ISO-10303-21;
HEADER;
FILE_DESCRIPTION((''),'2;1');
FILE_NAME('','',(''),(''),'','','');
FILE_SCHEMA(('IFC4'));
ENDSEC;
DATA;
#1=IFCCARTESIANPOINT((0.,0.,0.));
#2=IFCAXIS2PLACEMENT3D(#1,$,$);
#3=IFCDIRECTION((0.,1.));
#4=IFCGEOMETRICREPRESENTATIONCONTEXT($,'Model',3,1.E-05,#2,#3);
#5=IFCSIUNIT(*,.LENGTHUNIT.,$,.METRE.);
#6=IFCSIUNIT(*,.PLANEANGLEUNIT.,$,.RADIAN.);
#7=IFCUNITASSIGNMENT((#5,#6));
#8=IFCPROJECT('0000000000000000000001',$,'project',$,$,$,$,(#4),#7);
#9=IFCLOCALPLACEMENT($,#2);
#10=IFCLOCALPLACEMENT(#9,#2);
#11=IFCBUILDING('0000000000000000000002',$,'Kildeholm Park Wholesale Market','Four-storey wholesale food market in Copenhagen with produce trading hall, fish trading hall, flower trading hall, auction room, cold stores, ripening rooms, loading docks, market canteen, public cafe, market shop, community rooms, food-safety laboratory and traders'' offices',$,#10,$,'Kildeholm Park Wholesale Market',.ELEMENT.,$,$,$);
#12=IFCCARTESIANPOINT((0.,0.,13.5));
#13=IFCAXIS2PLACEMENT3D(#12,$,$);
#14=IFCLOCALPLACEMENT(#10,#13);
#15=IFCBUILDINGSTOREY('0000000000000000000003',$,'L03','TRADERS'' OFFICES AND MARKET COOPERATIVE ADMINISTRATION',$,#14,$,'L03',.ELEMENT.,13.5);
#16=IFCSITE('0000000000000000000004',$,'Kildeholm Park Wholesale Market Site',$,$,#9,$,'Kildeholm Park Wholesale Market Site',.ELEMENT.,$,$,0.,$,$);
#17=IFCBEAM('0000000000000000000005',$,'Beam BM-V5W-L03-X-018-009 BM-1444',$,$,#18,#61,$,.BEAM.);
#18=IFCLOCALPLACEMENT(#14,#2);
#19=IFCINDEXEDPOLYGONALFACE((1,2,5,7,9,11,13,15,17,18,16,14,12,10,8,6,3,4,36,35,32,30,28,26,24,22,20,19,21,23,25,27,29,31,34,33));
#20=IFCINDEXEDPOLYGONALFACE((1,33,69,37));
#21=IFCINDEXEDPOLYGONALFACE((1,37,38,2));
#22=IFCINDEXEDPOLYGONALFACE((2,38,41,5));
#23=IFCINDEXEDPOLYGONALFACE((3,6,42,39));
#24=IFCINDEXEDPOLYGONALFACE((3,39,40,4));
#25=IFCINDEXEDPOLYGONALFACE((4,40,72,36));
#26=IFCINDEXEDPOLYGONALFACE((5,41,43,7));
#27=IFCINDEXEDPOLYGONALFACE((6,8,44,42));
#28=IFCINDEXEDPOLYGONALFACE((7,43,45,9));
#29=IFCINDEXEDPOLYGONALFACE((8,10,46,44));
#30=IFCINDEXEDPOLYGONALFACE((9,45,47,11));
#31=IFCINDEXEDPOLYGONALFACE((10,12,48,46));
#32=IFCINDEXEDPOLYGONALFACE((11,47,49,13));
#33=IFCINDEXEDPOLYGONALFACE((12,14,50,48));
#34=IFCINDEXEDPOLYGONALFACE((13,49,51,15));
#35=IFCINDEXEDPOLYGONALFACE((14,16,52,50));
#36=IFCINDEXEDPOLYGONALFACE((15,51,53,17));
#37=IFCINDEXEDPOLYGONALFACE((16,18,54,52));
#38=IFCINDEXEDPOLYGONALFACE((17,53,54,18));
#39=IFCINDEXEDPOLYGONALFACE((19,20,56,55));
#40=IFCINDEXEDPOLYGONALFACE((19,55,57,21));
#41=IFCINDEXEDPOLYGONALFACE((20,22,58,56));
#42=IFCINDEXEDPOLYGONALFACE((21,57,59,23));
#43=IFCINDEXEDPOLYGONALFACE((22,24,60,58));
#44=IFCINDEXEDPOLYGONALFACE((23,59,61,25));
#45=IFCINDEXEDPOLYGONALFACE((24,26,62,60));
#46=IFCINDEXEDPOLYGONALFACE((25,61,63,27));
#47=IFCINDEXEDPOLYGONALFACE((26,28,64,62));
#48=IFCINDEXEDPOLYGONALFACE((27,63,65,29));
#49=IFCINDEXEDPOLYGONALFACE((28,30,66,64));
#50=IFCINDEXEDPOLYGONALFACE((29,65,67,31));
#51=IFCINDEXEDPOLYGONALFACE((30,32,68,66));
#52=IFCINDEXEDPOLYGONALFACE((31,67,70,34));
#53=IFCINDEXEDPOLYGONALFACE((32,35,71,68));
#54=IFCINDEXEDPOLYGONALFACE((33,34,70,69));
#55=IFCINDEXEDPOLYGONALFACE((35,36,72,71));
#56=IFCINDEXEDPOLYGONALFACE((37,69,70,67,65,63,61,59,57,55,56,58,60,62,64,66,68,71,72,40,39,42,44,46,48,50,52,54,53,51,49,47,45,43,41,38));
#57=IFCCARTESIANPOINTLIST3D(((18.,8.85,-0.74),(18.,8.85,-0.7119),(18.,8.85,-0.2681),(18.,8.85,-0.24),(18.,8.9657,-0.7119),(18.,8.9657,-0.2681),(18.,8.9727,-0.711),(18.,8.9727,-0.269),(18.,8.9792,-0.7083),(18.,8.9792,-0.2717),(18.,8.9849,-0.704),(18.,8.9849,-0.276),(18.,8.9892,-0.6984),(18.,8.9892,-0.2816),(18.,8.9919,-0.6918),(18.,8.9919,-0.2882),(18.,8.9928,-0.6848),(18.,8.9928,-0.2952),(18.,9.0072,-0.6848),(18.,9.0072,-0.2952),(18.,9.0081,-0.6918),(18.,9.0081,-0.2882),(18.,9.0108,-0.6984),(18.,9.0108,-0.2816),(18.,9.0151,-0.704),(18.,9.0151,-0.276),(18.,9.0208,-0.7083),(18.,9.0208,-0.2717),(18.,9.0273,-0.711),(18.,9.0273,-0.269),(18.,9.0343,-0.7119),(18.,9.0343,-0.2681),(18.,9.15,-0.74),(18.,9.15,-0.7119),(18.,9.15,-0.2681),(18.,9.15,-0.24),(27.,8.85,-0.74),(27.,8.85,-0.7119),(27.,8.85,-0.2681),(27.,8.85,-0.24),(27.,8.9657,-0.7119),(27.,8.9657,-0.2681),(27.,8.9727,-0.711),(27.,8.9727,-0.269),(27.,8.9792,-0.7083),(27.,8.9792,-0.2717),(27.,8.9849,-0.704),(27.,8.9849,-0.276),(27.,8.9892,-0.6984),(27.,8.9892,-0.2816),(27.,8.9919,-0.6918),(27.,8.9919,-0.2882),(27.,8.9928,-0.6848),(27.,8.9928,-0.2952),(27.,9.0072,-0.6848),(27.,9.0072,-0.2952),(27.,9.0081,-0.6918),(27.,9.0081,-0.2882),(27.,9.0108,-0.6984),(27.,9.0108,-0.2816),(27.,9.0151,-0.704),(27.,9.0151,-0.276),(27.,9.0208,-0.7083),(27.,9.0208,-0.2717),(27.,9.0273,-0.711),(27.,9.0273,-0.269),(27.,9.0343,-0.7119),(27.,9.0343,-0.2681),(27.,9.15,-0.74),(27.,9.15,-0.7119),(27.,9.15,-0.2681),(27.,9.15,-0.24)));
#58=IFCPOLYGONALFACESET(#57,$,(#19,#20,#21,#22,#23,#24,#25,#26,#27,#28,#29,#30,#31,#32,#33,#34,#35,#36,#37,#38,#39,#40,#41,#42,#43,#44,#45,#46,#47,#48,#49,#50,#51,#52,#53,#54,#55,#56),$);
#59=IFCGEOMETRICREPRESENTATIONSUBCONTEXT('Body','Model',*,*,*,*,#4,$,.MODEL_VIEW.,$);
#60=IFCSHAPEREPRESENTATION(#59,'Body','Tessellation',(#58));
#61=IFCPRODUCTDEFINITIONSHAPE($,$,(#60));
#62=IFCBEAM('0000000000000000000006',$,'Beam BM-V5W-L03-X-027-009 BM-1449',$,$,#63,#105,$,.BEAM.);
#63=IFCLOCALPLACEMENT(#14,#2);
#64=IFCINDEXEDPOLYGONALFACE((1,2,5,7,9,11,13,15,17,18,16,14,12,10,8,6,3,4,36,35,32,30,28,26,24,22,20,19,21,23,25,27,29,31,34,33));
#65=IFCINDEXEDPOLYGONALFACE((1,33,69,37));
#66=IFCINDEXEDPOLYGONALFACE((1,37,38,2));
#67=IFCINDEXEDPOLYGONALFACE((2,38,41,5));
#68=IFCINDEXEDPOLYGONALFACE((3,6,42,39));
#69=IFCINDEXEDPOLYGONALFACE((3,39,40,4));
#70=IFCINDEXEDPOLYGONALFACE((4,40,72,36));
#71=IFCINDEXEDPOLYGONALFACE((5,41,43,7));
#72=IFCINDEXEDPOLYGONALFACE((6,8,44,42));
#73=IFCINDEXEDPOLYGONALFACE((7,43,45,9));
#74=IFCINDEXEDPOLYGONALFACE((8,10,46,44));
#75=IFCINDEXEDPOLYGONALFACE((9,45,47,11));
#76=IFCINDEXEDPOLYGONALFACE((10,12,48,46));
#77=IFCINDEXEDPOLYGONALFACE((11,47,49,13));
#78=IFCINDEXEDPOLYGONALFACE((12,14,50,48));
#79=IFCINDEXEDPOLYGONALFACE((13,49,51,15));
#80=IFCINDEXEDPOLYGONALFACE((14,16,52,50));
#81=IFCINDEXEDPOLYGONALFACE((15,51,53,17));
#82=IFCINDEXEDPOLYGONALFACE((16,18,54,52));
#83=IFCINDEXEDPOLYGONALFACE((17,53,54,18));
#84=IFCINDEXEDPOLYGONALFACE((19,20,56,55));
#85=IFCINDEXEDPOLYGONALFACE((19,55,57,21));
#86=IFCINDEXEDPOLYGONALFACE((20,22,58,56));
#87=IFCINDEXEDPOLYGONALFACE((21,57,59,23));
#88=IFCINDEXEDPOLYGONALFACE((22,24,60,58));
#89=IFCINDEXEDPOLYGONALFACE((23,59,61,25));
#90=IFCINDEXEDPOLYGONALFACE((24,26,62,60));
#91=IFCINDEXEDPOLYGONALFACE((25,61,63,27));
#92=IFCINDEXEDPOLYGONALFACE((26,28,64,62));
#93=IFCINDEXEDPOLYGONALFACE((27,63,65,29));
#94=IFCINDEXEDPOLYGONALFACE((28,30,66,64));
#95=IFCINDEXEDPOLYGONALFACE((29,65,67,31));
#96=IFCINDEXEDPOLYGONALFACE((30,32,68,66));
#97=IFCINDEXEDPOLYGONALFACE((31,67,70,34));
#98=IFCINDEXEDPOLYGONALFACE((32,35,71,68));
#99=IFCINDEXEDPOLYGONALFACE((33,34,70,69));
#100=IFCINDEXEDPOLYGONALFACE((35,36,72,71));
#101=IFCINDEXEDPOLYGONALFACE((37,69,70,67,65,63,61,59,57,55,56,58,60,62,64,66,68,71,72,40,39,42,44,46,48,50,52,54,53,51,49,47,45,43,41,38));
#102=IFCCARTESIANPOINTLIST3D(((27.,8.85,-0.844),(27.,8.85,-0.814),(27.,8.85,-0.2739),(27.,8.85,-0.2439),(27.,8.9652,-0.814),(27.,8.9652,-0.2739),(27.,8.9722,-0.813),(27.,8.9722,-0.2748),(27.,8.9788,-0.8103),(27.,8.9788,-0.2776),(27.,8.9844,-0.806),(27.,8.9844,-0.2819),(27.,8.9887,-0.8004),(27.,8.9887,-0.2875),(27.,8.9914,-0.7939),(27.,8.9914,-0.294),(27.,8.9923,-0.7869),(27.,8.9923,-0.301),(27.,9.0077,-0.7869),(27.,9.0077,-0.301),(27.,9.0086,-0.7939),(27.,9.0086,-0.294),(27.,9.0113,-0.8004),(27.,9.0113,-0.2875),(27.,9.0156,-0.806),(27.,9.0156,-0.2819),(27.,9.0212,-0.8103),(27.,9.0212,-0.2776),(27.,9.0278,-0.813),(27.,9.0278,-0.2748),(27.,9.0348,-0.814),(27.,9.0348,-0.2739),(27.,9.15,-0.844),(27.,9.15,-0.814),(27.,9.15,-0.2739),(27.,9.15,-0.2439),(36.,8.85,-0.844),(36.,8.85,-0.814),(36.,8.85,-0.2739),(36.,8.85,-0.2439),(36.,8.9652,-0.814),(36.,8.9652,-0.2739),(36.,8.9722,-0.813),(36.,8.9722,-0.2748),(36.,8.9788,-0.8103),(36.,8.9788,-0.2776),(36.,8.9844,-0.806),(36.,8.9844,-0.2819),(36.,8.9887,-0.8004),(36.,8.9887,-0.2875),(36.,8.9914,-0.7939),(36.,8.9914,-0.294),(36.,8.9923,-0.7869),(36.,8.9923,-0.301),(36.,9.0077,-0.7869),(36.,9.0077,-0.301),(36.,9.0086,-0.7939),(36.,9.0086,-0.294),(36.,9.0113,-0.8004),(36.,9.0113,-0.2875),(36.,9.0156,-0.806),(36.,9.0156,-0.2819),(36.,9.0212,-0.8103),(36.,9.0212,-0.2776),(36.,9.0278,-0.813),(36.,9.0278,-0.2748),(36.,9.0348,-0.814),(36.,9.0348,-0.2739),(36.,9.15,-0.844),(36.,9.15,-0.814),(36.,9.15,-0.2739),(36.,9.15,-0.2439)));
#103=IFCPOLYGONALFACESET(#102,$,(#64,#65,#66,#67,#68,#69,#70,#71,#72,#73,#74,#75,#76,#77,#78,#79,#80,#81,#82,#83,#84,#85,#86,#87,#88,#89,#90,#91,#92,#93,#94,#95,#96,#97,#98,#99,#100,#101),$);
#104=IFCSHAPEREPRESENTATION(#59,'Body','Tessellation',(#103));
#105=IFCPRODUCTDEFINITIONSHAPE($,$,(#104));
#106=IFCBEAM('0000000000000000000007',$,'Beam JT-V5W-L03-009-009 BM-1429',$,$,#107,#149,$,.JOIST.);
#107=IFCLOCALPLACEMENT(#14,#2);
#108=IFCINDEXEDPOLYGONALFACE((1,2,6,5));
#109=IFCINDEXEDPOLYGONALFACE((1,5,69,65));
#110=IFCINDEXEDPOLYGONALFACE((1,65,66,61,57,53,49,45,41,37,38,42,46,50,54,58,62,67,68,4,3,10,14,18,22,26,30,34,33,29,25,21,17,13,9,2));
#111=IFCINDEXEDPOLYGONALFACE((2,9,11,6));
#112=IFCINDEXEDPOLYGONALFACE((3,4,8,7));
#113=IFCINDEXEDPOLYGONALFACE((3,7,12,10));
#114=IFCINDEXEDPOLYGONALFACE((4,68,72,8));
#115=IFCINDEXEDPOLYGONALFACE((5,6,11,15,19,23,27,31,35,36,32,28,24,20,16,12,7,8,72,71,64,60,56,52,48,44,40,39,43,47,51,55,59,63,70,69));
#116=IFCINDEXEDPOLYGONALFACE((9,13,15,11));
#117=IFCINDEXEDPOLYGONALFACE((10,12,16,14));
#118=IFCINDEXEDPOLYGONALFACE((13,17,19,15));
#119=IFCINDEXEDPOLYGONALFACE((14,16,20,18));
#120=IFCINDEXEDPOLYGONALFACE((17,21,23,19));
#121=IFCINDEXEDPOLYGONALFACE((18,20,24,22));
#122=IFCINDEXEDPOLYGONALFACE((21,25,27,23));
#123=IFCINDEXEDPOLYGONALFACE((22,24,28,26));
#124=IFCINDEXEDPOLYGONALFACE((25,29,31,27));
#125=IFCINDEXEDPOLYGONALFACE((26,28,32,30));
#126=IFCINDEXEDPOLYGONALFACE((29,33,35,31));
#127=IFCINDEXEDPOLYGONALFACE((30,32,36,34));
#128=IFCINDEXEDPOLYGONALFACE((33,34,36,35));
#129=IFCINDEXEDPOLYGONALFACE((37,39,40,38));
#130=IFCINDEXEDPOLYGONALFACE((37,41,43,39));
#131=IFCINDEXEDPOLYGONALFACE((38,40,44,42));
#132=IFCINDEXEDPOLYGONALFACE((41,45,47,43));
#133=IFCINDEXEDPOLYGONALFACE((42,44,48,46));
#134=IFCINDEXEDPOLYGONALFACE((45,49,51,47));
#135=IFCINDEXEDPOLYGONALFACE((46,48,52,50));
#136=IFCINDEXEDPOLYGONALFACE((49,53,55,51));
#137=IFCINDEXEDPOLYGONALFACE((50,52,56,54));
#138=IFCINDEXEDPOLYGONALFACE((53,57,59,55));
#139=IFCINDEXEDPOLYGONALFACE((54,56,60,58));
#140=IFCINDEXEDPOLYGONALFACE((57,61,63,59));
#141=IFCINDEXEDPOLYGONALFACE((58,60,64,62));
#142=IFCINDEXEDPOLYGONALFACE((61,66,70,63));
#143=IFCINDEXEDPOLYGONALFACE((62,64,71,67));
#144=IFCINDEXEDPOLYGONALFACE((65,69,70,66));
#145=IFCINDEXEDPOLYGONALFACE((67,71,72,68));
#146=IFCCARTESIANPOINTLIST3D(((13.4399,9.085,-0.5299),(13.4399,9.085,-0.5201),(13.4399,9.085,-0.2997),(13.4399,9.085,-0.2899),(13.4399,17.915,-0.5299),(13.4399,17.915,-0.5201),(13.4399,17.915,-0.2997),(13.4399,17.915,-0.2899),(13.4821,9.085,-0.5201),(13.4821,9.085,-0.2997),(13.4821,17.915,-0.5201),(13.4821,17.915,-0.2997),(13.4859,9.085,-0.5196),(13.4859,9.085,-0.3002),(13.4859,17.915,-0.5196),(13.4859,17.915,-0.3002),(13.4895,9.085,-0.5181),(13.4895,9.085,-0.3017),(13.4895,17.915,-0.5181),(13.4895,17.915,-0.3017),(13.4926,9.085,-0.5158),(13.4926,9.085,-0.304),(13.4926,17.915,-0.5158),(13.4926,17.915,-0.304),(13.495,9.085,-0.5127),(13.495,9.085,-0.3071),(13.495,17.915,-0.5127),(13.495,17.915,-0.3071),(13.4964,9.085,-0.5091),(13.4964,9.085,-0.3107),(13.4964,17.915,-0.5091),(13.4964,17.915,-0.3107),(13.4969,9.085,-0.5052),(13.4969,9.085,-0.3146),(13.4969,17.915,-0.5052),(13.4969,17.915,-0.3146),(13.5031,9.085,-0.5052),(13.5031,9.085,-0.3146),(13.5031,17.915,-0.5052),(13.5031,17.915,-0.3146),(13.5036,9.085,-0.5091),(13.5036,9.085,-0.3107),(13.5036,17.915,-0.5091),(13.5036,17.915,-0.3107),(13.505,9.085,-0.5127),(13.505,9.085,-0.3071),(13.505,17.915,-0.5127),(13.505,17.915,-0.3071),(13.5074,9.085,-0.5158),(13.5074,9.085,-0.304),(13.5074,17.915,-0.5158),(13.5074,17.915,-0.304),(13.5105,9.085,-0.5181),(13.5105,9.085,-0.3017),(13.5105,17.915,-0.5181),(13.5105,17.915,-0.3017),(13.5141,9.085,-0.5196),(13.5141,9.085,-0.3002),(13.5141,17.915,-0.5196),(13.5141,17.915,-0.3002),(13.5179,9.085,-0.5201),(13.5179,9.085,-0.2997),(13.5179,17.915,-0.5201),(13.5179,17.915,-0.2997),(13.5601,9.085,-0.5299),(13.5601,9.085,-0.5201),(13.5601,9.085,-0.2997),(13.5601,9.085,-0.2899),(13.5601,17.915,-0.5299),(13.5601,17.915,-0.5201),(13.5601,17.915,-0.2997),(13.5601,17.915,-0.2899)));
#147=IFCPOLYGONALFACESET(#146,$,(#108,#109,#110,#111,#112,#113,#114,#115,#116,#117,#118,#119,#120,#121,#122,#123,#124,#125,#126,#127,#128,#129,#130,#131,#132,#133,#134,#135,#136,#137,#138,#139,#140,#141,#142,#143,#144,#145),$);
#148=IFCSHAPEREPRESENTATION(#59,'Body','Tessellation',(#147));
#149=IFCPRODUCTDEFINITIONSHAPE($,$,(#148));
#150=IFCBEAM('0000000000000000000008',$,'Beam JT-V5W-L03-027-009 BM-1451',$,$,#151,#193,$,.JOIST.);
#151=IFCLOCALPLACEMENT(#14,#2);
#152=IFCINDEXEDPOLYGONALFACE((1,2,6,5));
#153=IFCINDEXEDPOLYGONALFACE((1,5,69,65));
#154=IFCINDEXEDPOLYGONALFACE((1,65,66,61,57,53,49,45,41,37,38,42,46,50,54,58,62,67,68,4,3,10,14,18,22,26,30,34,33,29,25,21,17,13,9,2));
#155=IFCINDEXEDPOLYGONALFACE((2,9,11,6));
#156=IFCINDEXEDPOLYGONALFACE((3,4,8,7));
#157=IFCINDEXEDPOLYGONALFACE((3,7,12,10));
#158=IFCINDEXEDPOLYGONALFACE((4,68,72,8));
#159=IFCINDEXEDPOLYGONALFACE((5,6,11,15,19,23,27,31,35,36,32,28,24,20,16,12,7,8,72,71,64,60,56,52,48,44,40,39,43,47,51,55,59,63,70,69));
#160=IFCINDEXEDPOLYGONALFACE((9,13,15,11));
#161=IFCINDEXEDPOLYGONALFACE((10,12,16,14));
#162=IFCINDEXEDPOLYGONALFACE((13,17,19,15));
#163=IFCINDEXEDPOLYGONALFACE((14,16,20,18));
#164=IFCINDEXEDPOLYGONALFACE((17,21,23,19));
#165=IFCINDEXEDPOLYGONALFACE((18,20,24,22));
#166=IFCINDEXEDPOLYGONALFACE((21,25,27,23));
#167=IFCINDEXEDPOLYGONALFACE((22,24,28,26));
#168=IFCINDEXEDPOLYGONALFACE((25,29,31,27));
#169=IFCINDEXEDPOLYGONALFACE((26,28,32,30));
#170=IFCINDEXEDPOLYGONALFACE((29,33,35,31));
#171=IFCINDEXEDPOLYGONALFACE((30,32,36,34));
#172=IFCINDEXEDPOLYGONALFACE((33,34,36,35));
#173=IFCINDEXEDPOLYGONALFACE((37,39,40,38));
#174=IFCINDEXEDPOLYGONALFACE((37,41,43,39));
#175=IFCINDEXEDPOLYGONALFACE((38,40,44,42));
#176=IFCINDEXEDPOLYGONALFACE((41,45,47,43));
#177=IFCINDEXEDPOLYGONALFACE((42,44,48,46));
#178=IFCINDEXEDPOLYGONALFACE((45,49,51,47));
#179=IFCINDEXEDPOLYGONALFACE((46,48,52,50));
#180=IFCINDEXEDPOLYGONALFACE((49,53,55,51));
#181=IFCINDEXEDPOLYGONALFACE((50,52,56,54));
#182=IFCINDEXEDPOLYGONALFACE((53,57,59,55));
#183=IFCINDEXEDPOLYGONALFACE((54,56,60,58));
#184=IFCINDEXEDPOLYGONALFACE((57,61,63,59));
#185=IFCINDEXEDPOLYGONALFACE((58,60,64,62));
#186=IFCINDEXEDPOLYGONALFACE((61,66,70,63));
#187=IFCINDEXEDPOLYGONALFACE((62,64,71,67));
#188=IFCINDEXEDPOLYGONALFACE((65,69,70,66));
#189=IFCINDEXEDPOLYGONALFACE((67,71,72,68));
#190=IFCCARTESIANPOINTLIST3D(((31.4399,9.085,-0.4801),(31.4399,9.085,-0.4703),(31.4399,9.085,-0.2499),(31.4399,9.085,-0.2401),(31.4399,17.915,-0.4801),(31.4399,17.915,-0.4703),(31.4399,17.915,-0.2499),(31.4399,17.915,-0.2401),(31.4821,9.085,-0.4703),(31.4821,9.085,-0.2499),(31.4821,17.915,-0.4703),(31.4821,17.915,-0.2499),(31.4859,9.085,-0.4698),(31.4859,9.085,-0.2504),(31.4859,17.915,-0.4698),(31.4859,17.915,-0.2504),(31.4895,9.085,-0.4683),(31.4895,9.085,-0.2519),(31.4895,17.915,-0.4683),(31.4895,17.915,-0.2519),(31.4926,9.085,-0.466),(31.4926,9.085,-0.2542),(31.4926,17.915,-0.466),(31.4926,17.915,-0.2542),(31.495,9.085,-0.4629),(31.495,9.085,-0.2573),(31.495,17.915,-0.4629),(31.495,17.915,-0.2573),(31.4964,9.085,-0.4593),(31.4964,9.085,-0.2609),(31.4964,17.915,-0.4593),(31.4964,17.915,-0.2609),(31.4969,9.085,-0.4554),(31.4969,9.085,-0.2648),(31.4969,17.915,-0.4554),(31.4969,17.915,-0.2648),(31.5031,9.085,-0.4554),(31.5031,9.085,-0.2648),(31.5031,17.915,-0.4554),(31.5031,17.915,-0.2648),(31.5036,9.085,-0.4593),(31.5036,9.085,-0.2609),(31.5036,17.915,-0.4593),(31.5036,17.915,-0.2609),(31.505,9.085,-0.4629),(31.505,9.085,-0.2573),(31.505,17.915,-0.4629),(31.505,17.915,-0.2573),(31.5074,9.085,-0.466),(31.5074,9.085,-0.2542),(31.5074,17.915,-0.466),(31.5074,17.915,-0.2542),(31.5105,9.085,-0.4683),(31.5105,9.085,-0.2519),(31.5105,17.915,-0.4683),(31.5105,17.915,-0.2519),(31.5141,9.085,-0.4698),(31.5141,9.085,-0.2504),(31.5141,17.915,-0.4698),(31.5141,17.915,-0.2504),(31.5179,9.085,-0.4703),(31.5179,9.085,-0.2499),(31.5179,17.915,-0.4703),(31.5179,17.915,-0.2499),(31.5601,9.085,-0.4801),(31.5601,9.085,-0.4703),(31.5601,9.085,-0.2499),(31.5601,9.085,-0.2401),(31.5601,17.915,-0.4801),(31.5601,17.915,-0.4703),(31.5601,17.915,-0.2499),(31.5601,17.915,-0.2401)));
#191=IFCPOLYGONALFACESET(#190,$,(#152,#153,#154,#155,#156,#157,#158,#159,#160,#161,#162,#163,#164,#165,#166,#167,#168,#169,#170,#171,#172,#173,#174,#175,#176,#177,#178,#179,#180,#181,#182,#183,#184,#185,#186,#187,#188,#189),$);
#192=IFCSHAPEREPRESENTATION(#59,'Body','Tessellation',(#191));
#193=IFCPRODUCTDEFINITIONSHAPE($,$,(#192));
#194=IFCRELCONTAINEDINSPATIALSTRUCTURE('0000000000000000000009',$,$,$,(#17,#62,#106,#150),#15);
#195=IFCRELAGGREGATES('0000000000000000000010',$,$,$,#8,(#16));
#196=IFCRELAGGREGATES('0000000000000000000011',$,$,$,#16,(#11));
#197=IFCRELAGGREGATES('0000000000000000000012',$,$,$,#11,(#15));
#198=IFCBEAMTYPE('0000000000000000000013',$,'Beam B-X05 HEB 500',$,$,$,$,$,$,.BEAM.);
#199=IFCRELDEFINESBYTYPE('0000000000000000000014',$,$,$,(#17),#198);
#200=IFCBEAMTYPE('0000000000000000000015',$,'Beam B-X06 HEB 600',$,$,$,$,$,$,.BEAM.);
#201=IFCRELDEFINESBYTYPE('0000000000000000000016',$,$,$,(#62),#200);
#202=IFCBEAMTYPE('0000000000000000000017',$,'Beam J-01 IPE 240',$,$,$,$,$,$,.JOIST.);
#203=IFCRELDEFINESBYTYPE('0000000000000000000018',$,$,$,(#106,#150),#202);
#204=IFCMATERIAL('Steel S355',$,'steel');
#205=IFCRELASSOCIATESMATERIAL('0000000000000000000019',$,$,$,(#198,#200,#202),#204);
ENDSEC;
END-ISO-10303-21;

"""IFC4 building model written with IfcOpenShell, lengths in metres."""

from ifc_helpers import new_model, si_unit, direction, frame, origin, origin_2d, place, context, subcontext, project, spatial, i_section, extrude, material, material_profile, profile_set, type_object, element, save


model = new_model("IFC4")

# Units and contexts
model_context = context("Model", 3, precision=1e-05, world=origin(), true_north=direction((0.0, 1.0)))
body_context = subcontext(model_context, "Body", "Model", "MODEL_VIEW")
ifc_project = project(units=[si_unit("LENGTHUNIT", "METRE"), si_unit("PLANEANGLEUNIT", "RADIAN")], contexts=[model_context])

# Site, building, storey
site_placement = place(None, origin())
site = spatial("IfcSite", under=ifc_project, at=site_placement, Name="Kildeholm Park Wholesale Market Site", LongName="Kildeholm Park Wholesale Market Site", CompositionType="ELEMENT", RefElevation=0.0)
building_placement = place(site_placement, origin())
building = spatial("IfcBuilding", under=site, at=building_placement, Name="Kildeholm Park Wholesale Market", Description="Four-storey wholesale food market in Copenhagen with produce trading hall, fish trading hall, flower trading hall, auction room, cold stores, ripening rooms, loading docks, market canteen, public cafe, market shop, community rooms, food-safety laboratory and traders' offices", LongName="Kildeholm Park Wholesale Market", CompositionType="ELEMENT")
storey_placement = place(building_placement, frame((0.0, 0.0, 13.5)))
storey = spatial("IfcBuildingStorey", under=building, at=storey_placement, Name="L03", Description="TRADERS' OFFICES AND MARKET COOPERATIVE ADMINISTRATION", LongName="L03", CompositionType="ELEMENT", Elevation=13.5)

# Shared definitions
ifc_material_1 = material(Name="Steel S355", Category="steel")

# Beams
ifc_material_profile_1 = material_profile(ifc_material_1, i_section(OverallWidth=0.3, OverallDepth=0.5, WebThickness=0.0144, FlangeThickness=0.0281, FilletRadius=0.0271, at=origin_2d()), Name="HEB 500")
ifc_profile_set_1 = profile_set([ifc_material_profile_1], Name="Steel S355")
beam_type_1 = type_object("IfcBeamType", Name="Beam B-X05 HEB 500", PredefinedType="BEAM", material=ifc_profile_set_1)
beam_1_placement = place(storey_placement, frame((18.0, 9.0, -0.49), z_axis=(1.0, 0.0, 0.0), x_axis=(0.0, 1.0, 0.0)))
element("IfcBeam", 1, at=beam_1_placement, inside=storey, type_object=beam_type_1, Name="Beam BM-V5W-L03-X-018-009 BM-1444", PredefinedType="BEAM", context=body_context, shape_type="SweptSolid", body=[
    extrude(i_section(OverallWidth=0.3, OverallDepth=0.5, WebThickness=0.0144, FlangeThickness=0.0281, FilletRadius=0.0271, at=origin_2d()), origin(), (0.0, 0.0, 1.0), 9.0),
])
ifc_material_profile_2 = material_profile(ifc_material_1, i_section(OverallWidth=0.3, OverallDepth=0.6001, WebThickness=0.0154, FlangeThickness=0.03, FilletRadius=0.0271, at=origin_2d()), Name="HEB 600")
ifc_profile_set_2 = profile_set([ifc_material_profile_2], Name="Steel S355")
beam_type_2 = type_object("IfcBeamType", Name="Beam B-X06 HEB 600", PredefinedType="BEAM", material=ifc_profile_set_2)
beam_2_placement = place(storey_placement, frame((27.0, 9.0, -0.5439), z_axis=(1.0, 0.0, 0.0), x_axis=(0.0, 1.0, 0.0)))
element("IfcBeam", 2, at=beam_2_placement, inside=storey, type_object=beam_type_2, Name="Beam BM-V5W-L03-X-027-009 BM-1449", PredefinedType="BEAM", context=body_context, shape_type="SweptSolid", body=[
    extrude(i_section(OverallWidth=0.3, OverallDepth=0.6001, WebThickness=0.0154, FlangeThickness=0.03, FilletRadius=0.0271, at=origin_2d()), origin(), (0.0, 0.0, 1.0), 9.0),
])
ifc_material_profile_3 = material_profile(ifc_material_1, i_section(OverallWidth=0.1201, OverallDepth=0.24, WebThickness=0.0061, FlangeThickness=0.0098, FilletRadius=0.0149, at=origin_2d()), Name="IPE 240")
ifc_profile_set_3 = profile_set([ifc_material_profile_3], Name="Steel S355")
beam_type_3 = type_object("IfcBeamType", Name="Beam J-01 IPE 240", PredefinedType="JOIST", material=ifc_profile_set_3)
for number, where, z_axis, x_axis, name in (
    (3, (13.5, 9.085, -0.4099), (0.0, 1.0, 0.0), (-1.0, 0.0, 0.0), "Beam JT-V5W-L03-009-009 BM-1429"),
    (4, (31.5, 9.085, -0.3601), (0.0, 1.0, 0.0), (-1.0, 0.0, 0.0), "Beam JT-V5W-L03-027-009 BM-1451"),
):
    element("IfcBeam", number, at=place(storey_placement, frame(where, z_axis=z_axis, x_axis=x_axis)), inside=storey, type_object=beam_type_3, Name=name, PredefinedType="JOIST", context=body_context, shape_type="SweptSolid", body=[
        extrude(i_section(OverallWidth=0.1201, OverallDepth=0.24, WebThickness=0.0061, FlangeThickness=0.0098, FilletRadius=0.0149, at=origin_2d()), origin(), (0.0, 0.0, 1.0), 8.8301),
    ])

save(model, "model.ifc")
